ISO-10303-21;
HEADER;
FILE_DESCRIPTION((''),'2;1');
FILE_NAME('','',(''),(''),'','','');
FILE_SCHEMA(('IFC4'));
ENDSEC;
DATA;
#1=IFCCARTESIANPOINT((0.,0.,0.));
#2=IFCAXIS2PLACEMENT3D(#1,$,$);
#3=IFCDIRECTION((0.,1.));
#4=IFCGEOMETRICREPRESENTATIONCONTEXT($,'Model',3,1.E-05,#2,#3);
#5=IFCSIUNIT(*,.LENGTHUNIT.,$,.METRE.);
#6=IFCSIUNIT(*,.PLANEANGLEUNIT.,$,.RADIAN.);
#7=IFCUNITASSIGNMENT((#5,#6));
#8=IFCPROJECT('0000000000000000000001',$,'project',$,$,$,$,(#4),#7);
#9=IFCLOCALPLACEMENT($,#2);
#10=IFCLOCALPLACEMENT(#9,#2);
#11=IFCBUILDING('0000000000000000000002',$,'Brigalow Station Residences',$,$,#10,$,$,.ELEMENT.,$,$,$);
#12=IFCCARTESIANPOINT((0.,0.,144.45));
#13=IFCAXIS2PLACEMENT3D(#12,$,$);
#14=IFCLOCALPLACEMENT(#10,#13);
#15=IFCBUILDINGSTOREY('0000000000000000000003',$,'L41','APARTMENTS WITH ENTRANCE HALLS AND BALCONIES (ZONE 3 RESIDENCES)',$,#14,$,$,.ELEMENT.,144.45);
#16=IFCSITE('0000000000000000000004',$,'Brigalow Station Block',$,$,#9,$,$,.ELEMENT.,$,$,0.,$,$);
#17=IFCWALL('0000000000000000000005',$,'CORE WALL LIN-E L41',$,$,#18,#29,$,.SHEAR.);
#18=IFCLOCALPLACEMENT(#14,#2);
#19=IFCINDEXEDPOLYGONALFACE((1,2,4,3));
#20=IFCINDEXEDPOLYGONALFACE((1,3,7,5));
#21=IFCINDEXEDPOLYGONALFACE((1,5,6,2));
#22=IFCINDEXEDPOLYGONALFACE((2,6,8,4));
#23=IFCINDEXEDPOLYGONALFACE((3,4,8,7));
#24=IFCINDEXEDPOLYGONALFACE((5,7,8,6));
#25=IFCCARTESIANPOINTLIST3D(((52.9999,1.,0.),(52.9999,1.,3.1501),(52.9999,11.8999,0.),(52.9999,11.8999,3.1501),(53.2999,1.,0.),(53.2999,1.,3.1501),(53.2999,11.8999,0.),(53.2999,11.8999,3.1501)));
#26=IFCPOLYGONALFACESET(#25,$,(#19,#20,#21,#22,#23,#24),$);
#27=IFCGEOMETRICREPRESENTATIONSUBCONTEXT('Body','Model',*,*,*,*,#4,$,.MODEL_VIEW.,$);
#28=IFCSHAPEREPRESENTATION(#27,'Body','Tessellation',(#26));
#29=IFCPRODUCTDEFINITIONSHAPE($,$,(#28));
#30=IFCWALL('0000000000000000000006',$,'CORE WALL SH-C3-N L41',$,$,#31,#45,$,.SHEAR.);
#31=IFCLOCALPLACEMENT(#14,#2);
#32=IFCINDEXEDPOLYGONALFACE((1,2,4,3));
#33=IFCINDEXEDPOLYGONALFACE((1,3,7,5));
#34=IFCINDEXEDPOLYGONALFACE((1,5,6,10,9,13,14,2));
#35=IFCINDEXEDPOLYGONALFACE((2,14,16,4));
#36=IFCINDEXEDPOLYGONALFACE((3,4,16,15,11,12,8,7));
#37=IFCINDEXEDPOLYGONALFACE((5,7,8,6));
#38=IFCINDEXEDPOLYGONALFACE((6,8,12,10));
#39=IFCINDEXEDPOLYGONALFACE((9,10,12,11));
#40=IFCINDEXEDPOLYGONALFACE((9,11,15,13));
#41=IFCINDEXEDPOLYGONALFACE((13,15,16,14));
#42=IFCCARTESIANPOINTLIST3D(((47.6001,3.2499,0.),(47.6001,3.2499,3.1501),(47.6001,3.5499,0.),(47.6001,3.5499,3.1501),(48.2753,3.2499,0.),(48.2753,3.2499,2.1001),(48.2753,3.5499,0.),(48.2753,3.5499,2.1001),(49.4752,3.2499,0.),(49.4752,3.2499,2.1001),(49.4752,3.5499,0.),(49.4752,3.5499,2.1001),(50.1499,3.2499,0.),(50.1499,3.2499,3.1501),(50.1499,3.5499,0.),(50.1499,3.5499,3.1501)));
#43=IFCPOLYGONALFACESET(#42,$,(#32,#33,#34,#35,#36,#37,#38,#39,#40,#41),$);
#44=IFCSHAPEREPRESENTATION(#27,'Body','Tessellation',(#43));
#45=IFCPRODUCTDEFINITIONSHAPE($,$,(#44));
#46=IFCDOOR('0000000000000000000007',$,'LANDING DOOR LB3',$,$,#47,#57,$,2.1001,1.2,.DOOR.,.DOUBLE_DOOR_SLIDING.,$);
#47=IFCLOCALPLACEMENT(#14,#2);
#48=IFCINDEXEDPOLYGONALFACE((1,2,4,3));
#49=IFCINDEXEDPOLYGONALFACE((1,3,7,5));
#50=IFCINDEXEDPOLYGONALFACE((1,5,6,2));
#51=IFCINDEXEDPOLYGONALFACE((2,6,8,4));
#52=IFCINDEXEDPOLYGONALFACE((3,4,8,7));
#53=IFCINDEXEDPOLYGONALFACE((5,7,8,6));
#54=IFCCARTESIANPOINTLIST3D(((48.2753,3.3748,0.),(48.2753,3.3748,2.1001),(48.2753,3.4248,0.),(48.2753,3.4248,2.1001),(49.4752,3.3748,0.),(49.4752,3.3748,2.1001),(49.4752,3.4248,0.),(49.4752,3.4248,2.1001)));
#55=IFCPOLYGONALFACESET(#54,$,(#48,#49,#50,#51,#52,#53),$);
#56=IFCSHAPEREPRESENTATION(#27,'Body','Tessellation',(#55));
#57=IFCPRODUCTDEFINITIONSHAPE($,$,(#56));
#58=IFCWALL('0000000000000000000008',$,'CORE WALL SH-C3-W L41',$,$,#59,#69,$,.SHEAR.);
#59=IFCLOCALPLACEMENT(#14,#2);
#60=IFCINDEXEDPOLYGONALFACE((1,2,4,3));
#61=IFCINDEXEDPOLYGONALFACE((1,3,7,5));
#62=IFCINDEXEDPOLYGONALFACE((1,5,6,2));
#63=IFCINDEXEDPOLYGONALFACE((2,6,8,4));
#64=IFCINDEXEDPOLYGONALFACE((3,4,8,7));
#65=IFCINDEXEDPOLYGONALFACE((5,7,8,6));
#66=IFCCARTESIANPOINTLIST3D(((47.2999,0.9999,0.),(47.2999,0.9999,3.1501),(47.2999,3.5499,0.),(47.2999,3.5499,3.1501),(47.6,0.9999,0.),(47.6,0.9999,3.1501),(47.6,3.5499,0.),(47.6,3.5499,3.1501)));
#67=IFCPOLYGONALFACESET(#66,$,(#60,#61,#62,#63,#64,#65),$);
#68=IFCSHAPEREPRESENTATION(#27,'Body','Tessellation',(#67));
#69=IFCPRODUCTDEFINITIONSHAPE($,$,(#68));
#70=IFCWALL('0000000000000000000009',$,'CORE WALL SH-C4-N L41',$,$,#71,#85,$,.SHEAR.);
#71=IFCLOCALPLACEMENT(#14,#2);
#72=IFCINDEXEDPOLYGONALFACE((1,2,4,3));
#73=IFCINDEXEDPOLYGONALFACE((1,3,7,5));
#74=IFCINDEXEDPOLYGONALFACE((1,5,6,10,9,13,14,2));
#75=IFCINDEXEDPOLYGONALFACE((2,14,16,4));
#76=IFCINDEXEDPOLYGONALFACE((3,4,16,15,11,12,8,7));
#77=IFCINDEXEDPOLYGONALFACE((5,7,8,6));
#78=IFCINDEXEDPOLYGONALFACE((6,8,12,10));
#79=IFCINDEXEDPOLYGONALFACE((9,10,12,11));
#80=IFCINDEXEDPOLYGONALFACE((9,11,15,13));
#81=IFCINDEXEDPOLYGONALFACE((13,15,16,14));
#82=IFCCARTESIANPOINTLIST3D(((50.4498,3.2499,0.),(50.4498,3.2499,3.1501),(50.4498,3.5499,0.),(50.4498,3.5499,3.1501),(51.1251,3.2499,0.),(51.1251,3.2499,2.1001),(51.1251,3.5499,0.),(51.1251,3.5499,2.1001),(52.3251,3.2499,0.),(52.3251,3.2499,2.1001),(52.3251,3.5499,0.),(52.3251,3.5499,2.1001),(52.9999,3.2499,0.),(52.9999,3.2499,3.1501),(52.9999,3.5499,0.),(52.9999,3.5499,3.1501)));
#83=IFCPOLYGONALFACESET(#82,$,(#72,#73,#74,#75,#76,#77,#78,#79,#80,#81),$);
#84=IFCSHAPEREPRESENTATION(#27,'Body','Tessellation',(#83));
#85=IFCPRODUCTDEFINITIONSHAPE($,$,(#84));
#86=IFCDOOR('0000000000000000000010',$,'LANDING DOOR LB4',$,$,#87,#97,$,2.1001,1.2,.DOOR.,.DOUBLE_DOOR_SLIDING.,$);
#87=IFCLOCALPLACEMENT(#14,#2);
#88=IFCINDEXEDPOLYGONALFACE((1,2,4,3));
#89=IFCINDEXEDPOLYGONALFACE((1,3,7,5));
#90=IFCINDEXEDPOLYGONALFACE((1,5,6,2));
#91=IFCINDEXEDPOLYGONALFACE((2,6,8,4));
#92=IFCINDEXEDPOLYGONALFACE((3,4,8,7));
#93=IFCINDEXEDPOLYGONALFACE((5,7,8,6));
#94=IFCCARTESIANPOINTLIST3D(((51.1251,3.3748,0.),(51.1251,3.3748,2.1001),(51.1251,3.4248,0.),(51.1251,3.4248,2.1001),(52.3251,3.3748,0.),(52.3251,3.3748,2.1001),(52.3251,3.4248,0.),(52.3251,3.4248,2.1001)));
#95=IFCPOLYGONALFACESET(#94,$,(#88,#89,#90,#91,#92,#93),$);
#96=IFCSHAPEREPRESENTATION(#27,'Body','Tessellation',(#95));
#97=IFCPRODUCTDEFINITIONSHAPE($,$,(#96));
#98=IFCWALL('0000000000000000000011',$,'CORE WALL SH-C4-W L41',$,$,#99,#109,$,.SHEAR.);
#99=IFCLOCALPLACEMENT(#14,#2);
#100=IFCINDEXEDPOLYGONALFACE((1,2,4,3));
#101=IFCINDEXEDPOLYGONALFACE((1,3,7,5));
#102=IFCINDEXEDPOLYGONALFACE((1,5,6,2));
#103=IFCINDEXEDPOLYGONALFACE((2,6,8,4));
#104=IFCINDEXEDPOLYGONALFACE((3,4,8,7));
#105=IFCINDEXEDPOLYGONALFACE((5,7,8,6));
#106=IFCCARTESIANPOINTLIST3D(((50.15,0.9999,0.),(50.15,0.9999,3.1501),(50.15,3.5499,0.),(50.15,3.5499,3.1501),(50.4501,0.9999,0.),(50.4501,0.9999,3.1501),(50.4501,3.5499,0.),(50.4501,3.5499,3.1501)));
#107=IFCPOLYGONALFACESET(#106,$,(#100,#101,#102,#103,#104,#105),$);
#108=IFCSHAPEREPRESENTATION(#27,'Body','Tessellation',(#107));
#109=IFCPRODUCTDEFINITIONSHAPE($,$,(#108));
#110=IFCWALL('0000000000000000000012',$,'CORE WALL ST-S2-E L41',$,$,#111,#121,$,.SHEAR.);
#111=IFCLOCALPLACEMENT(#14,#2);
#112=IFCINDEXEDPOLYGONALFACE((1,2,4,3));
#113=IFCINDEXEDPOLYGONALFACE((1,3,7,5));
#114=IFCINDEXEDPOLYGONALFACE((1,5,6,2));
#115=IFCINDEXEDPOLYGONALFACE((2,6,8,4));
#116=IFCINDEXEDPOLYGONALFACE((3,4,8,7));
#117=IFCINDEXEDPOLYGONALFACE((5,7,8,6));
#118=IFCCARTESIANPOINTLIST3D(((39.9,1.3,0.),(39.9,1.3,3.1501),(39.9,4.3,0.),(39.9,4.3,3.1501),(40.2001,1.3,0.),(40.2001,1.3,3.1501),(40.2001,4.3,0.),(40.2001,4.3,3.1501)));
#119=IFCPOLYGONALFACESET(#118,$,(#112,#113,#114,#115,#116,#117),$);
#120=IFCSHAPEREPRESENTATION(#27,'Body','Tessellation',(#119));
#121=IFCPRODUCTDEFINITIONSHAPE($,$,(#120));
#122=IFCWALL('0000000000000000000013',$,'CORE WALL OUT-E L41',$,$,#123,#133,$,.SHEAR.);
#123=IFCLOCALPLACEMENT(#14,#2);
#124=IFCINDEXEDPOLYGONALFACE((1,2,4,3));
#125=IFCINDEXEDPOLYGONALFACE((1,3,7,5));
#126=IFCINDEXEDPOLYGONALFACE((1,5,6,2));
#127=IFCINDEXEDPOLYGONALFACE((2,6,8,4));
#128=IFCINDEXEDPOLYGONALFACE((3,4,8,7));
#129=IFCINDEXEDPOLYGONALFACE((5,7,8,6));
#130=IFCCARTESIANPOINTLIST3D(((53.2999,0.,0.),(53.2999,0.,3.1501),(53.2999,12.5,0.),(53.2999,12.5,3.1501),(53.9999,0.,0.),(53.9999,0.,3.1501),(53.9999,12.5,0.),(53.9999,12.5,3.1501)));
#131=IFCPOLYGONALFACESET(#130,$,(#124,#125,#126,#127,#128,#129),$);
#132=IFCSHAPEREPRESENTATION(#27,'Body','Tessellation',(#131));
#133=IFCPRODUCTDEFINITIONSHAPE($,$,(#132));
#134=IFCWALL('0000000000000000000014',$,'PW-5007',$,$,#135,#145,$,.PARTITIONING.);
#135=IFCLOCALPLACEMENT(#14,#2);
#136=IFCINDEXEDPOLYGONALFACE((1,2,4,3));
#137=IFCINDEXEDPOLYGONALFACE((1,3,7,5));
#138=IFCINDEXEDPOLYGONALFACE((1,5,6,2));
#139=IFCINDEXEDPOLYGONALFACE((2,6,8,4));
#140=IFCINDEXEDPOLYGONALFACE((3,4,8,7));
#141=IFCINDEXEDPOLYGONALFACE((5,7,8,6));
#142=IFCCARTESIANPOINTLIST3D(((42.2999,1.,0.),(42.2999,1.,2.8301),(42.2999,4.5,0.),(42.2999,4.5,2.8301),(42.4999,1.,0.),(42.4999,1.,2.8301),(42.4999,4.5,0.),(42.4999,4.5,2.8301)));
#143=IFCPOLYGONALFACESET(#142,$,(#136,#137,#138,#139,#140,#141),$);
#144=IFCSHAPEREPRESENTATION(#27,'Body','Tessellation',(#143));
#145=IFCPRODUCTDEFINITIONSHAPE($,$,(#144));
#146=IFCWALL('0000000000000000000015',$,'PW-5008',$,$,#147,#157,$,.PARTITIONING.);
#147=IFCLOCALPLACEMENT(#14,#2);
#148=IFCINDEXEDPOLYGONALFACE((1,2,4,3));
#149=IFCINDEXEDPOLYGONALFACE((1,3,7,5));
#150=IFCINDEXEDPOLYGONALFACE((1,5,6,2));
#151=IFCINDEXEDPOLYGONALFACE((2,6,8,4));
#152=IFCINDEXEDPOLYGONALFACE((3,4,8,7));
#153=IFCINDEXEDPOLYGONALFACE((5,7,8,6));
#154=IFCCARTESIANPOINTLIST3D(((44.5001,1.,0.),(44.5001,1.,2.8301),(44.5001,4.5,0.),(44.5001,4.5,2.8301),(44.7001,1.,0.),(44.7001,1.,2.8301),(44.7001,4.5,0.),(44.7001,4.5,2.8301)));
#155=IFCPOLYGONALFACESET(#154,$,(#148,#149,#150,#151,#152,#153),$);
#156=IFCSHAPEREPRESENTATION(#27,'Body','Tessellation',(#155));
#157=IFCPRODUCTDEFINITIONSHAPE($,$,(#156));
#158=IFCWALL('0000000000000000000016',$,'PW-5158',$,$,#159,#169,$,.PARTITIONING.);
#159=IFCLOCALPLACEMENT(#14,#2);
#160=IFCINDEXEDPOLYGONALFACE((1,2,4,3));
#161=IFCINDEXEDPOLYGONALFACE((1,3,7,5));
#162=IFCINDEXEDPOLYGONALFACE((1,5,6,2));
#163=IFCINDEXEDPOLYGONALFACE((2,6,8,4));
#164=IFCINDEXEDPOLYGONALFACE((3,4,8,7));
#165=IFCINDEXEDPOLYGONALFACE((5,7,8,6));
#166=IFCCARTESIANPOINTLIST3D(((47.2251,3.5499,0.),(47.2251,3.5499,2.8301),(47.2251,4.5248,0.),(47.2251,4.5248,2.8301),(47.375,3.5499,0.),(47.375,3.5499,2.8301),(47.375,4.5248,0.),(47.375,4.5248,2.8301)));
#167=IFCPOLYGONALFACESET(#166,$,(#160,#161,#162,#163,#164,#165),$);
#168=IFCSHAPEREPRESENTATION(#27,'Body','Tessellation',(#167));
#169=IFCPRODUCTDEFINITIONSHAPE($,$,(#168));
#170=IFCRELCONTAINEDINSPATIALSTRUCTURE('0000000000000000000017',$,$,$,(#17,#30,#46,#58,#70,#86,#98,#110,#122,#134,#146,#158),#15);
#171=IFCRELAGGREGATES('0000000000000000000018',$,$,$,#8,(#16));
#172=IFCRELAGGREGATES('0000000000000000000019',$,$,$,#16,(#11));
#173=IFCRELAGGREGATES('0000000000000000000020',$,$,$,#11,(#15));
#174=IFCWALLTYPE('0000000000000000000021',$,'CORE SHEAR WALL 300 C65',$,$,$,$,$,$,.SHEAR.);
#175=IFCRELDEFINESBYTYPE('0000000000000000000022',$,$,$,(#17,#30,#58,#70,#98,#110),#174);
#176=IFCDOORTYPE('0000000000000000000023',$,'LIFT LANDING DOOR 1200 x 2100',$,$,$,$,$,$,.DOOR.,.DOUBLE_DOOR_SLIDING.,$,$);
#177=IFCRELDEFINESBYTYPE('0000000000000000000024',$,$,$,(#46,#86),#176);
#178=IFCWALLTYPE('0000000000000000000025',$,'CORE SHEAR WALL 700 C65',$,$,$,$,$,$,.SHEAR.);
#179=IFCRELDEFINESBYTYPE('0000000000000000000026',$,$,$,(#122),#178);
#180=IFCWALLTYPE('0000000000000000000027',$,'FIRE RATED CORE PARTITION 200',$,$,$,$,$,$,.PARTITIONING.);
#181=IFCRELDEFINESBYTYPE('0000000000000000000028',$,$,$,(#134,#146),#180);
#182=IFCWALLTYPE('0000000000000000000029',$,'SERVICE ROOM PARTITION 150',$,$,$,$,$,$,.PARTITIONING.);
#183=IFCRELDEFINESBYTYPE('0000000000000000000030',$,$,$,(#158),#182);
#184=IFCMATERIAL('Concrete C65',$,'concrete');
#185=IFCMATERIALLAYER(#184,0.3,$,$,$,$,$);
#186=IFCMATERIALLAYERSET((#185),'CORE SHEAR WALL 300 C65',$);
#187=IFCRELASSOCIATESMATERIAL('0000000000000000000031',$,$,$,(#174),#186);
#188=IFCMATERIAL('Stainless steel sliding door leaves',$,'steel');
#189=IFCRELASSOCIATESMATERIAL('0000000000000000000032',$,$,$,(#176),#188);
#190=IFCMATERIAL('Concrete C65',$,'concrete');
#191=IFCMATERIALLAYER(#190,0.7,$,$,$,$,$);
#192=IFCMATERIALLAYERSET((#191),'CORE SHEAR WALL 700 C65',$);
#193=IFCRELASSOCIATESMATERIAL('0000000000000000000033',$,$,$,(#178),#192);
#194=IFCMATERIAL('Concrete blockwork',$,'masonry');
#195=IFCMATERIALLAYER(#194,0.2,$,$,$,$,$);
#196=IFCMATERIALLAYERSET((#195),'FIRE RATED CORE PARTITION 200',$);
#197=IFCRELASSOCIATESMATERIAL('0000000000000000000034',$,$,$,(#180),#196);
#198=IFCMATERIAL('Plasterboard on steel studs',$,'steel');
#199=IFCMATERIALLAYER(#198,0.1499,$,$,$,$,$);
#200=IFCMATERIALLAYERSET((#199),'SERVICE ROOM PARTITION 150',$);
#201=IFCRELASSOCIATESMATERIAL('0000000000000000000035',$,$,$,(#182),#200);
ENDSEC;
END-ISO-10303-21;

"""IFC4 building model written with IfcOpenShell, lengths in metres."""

from ifc_helpers import new_model, si_unit, direction, frame, frame_2d, origin, place, context, subcontext, project, spatial, rectangle, extrude, material, layer, layer_set, type_object, element, fill, save


model = new_model("IFC4")

# Units and contexts
model_context = context("Model", 3, precision=1e-05, world=origin(), true_north=direction((0.0, 1.0)))
body_context = subcontext(model_context, "Body", "Model", "MODEL_VIEW")
ifc_project = project(units=[si_unit("LENGTHUNIT", "METRE"), si_unit("PLANEANGLEUNIT", "RADIAN")], contexts=[model_context])

# Site, building, storey
site_placement = place(None, origin())
site = spatial("IfcSite", under=ifc_project, at=site_placement, Name="Brigalow Station Block", CompositionType="ELEMENT", RefElevation=0.0)
building_placement = place(site_placement, origin())
building = spatial("IfcBuilding", under=site, at=building_placement, Name="Brigalow Station Residences", CompositionType="ELEMENT")
storey_placement = place(building_placement, frame((0.0, 0.0, 144.45)))
storey = spatial("IfcBuildingStorey", under=building, at=storey_placement, Name="L41", Description="APARTMENTS WITH ENTRANCE HALLS AND BALCONIES (ZONE 3 RESIDENCES)", CompositionType="ELEMENT", Elevation=144.45)

# Wall
ifc_material_1 = material(Name="Concrete C65", Category="concrete")
ifc_layer_1 = layer(ifc_material_1, 0.3)
ifc_layer_set_1 = layer_set([ifc_layer_1], Name="CORE SHEAR WALL 300 C65")
wall_type_1 = type_object("IfcWallType", Name="CORE SHEAR WALL 300 C65", PredefinedType="SHEAR", material=ifc_layer_set_1)
wall_1_placement = place(storey_placement, frame((53.1499, 1.0, 0.0), z_axis=(0.0, 0.0, 1.0), x_axis=(0.0, 1.0, 0.0)))
element("IfcWall", 1, at=wall_1_placement, inside=storey, type_object=wall_type_1, Name="CORE WALL LIN-E L41", PredefinedType="SHEAR", context=body_context, shape_type="SweptSolid", body=[
    extrude(rectangle(XDim=10.8999, YDim=0.3, at=frame_2d((5.45, 0.0))), origin(), (0.0, 0.0, 1.0), 3.1501),
])

# Wall, opening, door
wall_2_placement = place(storey_placement, frame((47.6001, 3.3999, 0.0), z_axis=(0.0, 0.0, 1.0), x_axis=(1.0, 0.0, 0.0)))
wall_2 = element("IfcWall", 2, at=wall_2_placement, inside=storey, type_object=wall_type_1, Name="CORE WALL SH-C3-N L41", PredefinedType="SHEAR", context=body_context, shape_type="SweptSolid", body=[
    extrude(rectangle(XDim=2.5498, YDim=0.3, at=frame_2d((1.2749, 0.0))), origin(), (0.0, 0.0, 1.0), 3.1501),
])
opening_1_placement = place(wall_2_placement, frame((0.675, 0.0, 0.0)))
opening_1 = element("IfcOpeningElement", 3, at=opening_1_placement, cuts=wall_2, PredefinedType="OPENING", context=body_context, shape_type="SweptSolid", body=[
    extrude(rectangle(XDim=1.2, YDim=2.1001, at=frame_2d((0.6001, 1.05))), frame((0.0, 0.1602, 0.0), z_axis=(0.0, -1.0, 0.0), x_axis=(1.0, 0.0, 0.0)), (0.0, 0.0, 1.0), 0.3201),
])
ifc_material_2 = material(Name="Stainless steel sliding door leaves", Category="steel")
door_type = type_object("IfcDoorType", Name="LIFT LANDING DOOR 1200 x 2100", OperationType="DOUBLE_DOOR_SLIDING", PredefinedType="DOOR", material=ifc_material_2)
door_1_placement = place(opening_1_placement, origin())
door_1 = element("IfcDoor", 4, at=door_1_placement, inside=storey, type_object=door_type, Name="LANDING DOOR LB3", OperationType="DOUBLE_DOOR_SLIDING", OverallHeight=2.1001, OverallWidth=1.2, PredefinedType="DOOR", context=body_context, shape_type="SweptSolid", body=[
    extrude(rectangle(XDim=1.2, YDim=2.1001, at=frame_2d((0.6001, 1.05))), frame((0.0, 0.0249, 0.0), z_axis=(0.0, -1.0, 0.0), x_axis=(1.0, 0.0, 0.0)), (0.0, 0.0, 1.0), 0.05),
])
fill(opening_1, door_1)

# Wall
wall_3_placement = place(storey_placement, frame((47.45, 1.0, 0.0), z_axis=(0.0, 0.0, 1.0), x_axis=(0.0, 1.0, 0.0)))
element("IfcWall", 5, at=wall_3_placement, inside=storey, type_object=wall_type_1, Name="CORE WALL SH-C3-W L41", PredefinedType="SHEAR", context=body_context, shape_type="SweptSolid", body=[
    extrude(rectangle(XDim=2.55, YDim=0.3, at=frame_2d((1.2749, 0.0))), origin(), (0.0, 0.0, 1.0), 3.1501),
])

# Wall, opening, door
wall_4_placement = place(storey_placement, frame((50.45, 3.3999, 0.0), z_axis=(0.0, 0.0, 1.0), x_axis=(1.0, 0.0, 0.0)))
wall_4 = element("IfcWall", 6, at=wall_4_placement, inside=storey, type_object=wall_type_1, Name="CORE WALL SH-C4-N L41", PredefinedType="SHEAR", context=body_context, shape_type="SweptSolid", body=[
    extrude(rectangle(XDim=2.55, YDim=0.3, at=frame_2d((1.2749, 0.0))), origin(), (0.0, 0.0, 1.0), 3.1501),
])
opening_2_placement = place(wall_4_placement, frame((0.675, 0.0, 0.0)))
opening_2 = element("IfcOpeningElement", 7, at=opening_2_placement, cuts=wall_4, PredefinedType="OPENING", context=body_context, shape_type="SweptSolid", body=[
    extrude(rectangle(XDim=1.2, YDim=2.1001, at=frame_2d((0.6001, 1.05))), frame((0.0, 0.1602, 0.0), z_axis=(0.0, -1.0, 0.0), x_axis=(1.0, 0.0, 0.0)), (0.0, 0.0, 1.0), 0.3201),
])
door_2_placement = place(opening_2_placement, origin())
door_2 = element("IfcDoor", 8, at=door_2_placement, inside=storey, type_object=door_type, Name="LANDING DOOR LB4", OperationType="DOUBLE_DOOR_SLIDING", OverallHeight=2.1001, OverallWidth=1.2, PredefinedType="DOOR", context=body_context, shape_type="SweptSolid", body=[
    extrude(rectangle(XDim=1.2, YDim=2.1001, at=frame_2d((0.6001, 1.05))), frame((0.0, 0.0249, 0.0), z_axis=(0.0, -1.0, 0.0), x_axis=(1.0, 0.0, 0.0)), (0.0, 0.0, 1.0), 0.05),
])
fill(opening_2, door_2)

# Walls
wall_5_placement = place(storey_placement, frame((50.3, 1.0, 0.0), z_axis=(0.0, 0.0, 1.0), x_axis=(0.0, 1.0, 0.0)))
element("IfcWall", 9, at=wall_5_placement, inside=storey, type_object=wall_type_1, Name="CORE WALL SH-C4-W L41", PredefinedType="SHEAR", context=body_context, shape_type="SweptSolid", body=[
    extrude(rectangle(XDim=2.55, YDim=0.3, at=frame_2d((1.2749, 0.0))), origin(), (0.0, 0.0, 1.0), 3.1501),
])
wall_6_placement = place(storey_placement, frame((40.05, 1.3, 0.0), z_axis=(0.0, 0.0, 1.0), x_axis=(0.0, 1.0, 0.0)))
element("IfcWall", 10, at=wall_6_placement, inside=storey, type_object=wall_type_1, Name="CORE WALL ST-S2-E L41", PredefinedType="SHEAR", context=body_context, shape_type="SweptSolid", body=[
    extrude(rectangle(XDim=3.0, YDim=0.3, at=frame_2d((1.5, 0.0))), origin(), (0.0, 0.0, 1.0), 3.1501),
])
ifc_material_3 = material(Name="Concrete C65", Category="concrete")
ifc_layer_2 = layer(ifc_material_3, 0.7)
ifc_layer_set_2 = layer_set([ifc_layer_2], Name="CORE SHEAR WALL 700 C65")
wall_type_2 = type_object("IfcWallType", Name="CORE SHEAR WALL 700 C65", PredefinedType="SHEAR", material=ifc_layer_set_2)
wall_7_placement = place(storey_placement, frame((53.6499, 0.0, 0.0), z_axis=(0.0, 0.0, 1.0), x_axis=(0.0, 1.0, 0.0)))
element("IfcWall", 11, at=wall_7_placement, inside=storey, type_object=wall_type_2, Name="CORE WALL OUT-E L41", PredefinedType="SHEAR", context=body_context, shape_type="SweptSolid", body=[
    extrude(rectangle(XDim=12.5, YDim=0.7, at=frame_2d((6.25, 0.0))), origin(), (0.0, 0.0, 1.0), 3.1501),
])
ifc_material_4 = material(Name="Concrete blockwork", Category="masonry")
ifc_layer_3 = layer(ifc_material_4, 0.2)
ifc_layer_set_3 = layer_set([ifc_layer_3], Name="FIRE RATED CORE PARTITION 200")
wall_type_3 = type_object("IfcWallType", Name="FIRE RATED CORE PARTITION 200", PredefinedType="PARTITIONING", material=ifc_layer_set_3)
for number, where, z_axis, x_axis, name in (
    (12, (42.3999, 1.0, 0.0), (0.0, 0.0, 1.0), (0.0, 1.0, 0.0), "PW-5007"),
    (13, (44.6001, 1.0, 0.0), (0.0, 0.0, 1.0), (0.0, 1.0, 0.0), "PW-5008"),
):
    element("IfcWall", number, at=place(storey_placement, frame(where, z_axis=z_axis, x_axis=x_axis)), inside=storey, type_object=wall_type_3, Name=name, PredefinedType="PARTITIONING", context=body_context, shape_type="SweptSolid", body=[
        extrude(rectangle(XDim=3.5, YDim=0.2, at=frame_2d((1.75, 0.0))), origin(), (0.0, 0.0, 1.0), 2.8301),
    ])
ifc_material_5 = material(Name="Plasterboard on steel studs", Category="steel")
ifc_layer_4 = layer(ifc_material_5, 0.1499)
ifc_layer_set_4 = layer_set([ifc_layer_4], Name="SERVICE ROOM PARTITION 150")
wall_type_4 = type_object("IfcWallType", Name="SERVICE ROOM PARTITION 150", PredefinedType="PARTITIONING", material=ifc_layer_set_4)
wall_8_placement = place(storey_placement, frame((47.3, 3.55, 0.0), z_axis=(0.0, 0.0, 1.0), x_axis=(0.0, 1.0, 0.0)))
element("IfcWall", 14, at=wall_8_placement, inside=storey, type_object=wall_type_4, Name="PW-5158", PredefinedType="PARTITIONING", context=body_context, shape_type="SweptSolid", body=[
    extrude(rectangle(XDim=0.9749, YDim=0.1499, at=frame_2d((0.4873, 0.0))), origin(), (0.0, 0.0, 1.0), 2.8301),
])

save(model, "model.ifc")
